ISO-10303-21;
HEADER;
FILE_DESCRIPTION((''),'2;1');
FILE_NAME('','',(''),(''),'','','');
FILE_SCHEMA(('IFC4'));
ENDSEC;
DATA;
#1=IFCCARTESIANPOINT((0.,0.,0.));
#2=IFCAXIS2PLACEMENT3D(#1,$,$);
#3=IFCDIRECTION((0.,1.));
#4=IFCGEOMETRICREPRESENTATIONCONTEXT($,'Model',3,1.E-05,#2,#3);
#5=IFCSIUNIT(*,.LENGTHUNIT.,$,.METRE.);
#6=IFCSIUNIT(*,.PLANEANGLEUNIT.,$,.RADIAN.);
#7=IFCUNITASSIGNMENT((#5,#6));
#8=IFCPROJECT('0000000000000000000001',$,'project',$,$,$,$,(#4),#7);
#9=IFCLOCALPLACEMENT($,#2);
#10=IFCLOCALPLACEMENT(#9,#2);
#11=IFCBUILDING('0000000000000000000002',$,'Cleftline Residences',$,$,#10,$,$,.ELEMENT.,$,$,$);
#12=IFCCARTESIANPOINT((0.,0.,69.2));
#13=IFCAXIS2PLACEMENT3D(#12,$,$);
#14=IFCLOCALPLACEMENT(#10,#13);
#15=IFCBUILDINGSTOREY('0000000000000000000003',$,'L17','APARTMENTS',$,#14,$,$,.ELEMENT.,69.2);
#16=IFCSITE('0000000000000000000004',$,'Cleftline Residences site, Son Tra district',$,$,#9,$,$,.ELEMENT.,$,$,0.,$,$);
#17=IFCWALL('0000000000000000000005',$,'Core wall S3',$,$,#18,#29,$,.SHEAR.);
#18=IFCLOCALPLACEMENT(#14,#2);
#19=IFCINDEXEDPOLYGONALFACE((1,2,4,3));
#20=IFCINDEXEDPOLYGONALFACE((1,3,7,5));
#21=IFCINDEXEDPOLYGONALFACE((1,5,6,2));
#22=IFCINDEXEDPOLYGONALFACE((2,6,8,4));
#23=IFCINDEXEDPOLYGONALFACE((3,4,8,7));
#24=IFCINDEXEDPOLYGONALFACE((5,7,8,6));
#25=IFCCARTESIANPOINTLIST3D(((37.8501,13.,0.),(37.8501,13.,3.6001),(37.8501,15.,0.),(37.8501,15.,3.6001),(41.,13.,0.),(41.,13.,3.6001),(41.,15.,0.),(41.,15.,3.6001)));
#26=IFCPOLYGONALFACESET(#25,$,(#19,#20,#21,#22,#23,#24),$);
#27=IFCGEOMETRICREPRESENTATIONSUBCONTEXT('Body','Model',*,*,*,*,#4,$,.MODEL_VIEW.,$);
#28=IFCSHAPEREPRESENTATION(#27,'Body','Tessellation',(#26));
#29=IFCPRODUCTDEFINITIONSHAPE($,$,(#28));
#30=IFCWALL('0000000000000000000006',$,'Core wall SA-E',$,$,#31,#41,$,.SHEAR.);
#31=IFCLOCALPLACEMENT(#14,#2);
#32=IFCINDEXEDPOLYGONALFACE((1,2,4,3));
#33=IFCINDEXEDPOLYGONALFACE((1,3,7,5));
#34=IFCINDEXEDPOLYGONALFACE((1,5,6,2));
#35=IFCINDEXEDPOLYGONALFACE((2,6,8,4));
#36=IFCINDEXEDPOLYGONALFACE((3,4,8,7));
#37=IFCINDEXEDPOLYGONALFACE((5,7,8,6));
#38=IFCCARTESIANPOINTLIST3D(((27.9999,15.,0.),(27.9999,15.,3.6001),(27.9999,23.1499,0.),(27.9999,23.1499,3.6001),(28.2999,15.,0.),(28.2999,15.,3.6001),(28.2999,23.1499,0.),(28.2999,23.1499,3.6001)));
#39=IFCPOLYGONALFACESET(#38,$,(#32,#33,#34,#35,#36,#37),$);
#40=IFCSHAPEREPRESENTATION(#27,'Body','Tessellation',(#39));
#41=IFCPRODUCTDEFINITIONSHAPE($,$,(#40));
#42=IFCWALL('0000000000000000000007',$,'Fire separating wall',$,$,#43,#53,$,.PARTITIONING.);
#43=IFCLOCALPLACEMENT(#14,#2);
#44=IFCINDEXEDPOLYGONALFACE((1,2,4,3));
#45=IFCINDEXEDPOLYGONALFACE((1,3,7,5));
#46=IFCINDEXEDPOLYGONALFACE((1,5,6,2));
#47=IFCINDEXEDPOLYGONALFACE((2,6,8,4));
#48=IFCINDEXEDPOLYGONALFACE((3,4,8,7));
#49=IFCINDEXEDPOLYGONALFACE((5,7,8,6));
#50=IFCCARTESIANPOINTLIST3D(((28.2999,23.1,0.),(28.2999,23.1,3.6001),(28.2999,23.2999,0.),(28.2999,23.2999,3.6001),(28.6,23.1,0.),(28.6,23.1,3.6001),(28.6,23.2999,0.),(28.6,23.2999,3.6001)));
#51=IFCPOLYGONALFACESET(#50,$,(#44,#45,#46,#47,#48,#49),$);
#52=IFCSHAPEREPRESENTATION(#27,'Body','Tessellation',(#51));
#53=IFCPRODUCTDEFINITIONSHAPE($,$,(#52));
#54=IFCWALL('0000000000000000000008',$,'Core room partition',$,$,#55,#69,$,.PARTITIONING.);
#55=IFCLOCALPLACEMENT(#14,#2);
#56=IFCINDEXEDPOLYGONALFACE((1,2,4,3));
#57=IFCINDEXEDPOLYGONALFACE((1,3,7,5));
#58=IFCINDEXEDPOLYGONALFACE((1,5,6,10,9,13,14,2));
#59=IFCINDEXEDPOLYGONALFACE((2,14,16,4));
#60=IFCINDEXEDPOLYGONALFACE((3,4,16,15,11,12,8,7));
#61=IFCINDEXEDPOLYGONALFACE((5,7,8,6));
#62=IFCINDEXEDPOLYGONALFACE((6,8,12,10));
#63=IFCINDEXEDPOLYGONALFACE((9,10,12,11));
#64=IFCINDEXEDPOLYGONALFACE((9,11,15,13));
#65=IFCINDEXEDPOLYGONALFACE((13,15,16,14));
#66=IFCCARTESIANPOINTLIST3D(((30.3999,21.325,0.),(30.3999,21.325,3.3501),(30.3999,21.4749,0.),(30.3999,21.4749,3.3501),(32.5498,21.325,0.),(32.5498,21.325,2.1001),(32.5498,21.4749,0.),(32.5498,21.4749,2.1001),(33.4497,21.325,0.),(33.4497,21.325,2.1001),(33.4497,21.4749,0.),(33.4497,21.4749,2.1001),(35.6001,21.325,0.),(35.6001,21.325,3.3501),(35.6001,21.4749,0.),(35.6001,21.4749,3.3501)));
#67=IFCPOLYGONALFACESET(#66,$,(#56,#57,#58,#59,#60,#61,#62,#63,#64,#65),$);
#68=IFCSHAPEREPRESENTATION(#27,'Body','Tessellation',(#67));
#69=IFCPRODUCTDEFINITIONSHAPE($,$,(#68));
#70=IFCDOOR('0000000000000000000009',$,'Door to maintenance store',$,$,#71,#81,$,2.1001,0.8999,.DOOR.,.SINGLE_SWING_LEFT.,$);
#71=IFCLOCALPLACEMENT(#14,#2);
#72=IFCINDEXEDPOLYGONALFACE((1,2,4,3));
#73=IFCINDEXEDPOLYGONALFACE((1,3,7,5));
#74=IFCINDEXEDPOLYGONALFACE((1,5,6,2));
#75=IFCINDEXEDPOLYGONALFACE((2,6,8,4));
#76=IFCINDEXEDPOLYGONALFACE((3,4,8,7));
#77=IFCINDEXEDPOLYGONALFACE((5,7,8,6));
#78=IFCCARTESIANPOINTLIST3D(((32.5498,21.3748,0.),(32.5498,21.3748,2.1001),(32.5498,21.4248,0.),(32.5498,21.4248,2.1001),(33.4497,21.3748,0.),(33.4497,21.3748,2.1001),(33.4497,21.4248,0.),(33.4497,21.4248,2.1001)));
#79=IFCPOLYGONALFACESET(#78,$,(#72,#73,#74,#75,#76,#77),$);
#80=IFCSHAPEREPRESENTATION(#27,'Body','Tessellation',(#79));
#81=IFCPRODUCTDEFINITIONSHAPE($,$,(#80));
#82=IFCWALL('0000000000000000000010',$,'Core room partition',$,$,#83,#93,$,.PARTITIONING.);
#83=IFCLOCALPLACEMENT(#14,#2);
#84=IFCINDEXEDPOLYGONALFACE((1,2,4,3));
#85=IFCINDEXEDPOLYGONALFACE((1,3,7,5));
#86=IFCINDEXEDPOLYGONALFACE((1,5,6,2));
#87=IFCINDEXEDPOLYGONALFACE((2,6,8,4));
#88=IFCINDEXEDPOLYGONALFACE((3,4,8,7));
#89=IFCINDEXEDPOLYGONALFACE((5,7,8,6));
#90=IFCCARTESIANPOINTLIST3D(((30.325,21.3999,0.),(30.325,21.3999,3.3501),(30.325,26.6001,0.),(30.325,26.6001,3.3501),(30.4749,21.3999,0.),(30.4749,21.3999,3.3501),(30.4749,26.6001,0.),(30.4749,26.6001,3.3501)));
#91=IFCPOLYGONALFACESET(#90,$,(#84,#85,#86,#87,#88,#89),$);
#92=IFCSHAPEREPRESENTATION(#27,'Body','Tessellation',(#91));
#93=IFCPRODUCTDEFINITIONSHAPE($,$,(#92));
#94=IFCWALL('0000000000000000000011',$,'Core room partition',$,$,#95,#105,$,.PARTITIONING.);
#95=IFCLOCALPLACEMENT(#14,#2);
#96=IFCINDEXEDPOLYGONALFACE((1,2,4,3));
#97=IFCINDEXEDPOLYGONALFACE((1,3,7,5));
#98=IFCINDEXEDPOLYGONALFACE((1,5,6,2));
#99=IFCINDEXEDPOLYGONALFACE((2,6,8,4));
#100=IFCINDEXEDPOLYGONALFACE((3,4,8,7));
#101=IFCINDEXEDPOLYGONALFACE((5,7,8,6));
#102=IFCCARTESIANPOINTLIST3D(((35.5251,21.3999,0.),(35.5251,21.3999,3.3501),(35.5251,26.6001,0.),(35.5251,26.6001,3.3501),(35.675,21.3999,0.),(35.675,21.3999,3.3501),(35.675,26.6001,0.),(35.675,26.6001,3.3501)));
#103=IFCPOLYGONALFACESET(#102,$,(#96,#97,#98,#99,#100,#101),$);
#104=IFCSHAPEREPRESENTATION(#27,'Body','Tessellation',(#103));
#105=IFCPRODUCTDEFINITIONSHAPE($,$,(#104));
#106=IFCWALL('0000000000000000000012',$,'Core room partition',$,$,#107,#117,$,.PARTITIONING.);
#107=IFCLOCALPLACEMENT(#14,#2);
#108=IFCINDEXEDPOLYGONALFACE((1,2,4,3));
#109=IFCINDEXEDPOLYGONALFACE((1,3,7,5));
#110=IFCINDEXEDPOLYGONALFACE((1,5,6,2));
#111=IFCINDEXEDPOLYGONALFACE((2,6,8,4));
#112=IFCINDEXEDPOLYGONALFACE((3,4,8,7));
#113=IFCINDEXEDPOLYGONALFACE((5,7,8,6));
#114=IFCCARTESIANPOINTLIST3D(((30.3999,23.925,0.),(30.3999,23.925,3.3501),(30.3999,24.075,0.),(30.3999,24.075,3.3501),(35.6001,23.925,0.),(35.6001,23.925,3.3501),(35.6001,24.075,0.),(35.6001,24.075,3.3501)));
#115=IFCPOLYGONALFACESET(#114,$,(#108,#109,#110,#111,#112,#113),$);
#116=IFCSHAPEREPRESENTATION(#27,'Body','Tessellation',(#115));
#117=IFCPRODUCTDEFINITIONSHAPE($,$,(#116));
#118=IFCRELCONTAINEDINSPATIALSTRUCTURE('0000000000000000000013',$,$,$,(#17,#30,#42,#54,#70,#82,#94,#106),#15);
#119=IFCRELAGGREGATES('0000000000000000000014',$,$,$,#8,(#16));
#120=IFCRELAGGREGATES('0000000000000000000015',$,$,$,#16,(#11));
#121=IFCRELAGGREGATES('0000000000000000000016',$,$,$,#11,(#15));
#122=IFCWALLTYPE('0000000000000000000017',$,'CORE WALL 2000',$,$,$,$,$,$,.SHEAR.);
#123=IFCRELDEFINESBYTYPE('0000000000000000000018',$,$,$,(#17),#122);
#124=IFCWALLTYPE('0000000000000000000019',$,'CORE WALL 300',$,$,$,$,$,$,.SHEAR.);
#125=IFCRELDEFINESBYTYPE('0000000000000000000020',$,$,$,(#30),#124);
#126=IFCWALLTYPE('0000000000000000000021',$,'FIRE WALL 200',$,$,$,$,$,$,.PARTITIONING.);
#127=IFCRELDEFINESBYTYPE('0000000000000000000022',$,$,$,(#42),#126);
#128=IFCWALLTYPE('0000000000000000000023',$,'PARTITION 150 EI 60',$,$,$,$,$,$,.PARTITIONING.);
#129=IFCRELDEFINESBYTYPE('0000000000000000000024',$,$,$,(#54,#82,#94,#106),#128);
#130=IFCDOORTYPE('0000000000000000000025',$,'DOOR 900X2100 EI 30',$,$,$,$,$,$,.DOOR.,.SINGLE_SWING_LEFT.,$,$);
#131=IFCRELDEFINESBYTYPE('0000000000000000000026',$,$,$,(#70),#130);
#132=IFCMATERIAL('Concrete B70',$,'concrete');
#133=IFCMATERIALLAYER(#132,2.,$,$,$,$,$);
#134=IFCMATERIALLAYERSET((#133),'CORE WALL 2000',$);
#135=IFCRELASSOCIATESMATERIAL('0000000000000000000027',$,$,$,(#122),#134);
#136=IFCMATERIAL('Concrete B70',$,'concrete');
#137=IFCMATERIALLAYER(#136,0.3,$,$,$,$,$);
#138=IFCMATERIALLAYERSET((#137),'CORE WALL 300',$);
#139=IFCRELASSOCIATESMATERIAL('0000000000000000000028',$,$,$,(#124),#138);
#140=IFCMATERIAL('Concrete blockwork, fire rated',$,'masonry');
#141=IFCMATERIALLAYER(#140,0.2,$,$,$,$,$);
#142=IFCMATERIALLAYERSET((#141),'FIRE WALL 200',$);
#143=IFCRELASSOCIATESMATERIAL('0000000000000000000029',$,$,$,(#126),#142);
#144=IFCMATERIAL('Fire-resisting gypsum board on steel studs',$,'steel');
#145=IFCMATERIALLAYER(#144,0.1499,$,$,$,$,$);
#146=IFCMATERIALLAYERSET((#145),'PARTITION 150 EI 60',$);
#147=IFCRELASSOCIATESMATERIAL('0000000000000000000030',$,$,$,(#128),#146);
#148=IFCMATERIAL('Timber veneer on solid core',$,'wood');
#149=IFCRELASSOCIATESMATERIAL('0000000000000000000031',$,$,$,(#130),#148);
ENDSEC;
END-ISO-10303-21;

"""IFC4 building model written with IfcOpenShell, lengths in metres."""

from ifc_helpers import new_model, si_unit, direction, frame, frame_2d, origin, place, context, subcontext, project, spatial, rectangle, extrude, material, layer, layer_set, type_object, element, fill, save


model = new_model("IFC4")

# Units and contexts
model_context = context("Model", 3, precision=1e-05, world=origin(), true_north=direction((0.0, 1.0)))
body_context = subcontext(model_context, "Body", "Model", "MODEL_VIEW")
ifc_project = project(units=[si_unit("LENGTHUNIT", "METRE"), si_unit("PLANEANGLEUNIT", "RADIAN")], contexts=[model_context])

# Site, building, storey
site_placement = place(None, origin())
site = spatial("IfcSite", under=ifc_project, at=site_placement, Name="Cleftline Residences site, Son Tra district", CompositionType="ELEMENT", RefElevation=0.0)
building_placement = place(site_placement, origin())
building = spatial("IfcBuilding", under=site, at=building_placement, Name="Cleftline Residences", CompositionType="ELEMENT")
storey_placement = place(building_placement, frame((0.0, 0.0, 69.2)))
storey = spatial("IfcBuildingStorey", under=building, at=storey_placement, Name="L17", Description="APARTMENTS", CompositionType="ELEMENT", Elevation=69.2)

# Walls
ifc_material_1 = material(Name="Concrete B70", Category="concrete")
ifc_layer_1 = layer(ifc_material_1, 2.0)
ifc_layer_set_1 = layer_set([ifc_layer_1], Name="CORE WALL 2000")
wall_type_1 = type_object("IfcWallType", Name="CORE WALL 2000", PredefinedType="SHEAR", material=ifc_layer_set_1)
wall_1_placement = place(storey_placement, frame((37.8501, 14.0, 0.0), z_axis=(0.0, 0.0, 1.0), x_axis=(1.0, 0.0, 0.0)))
element("IfcWall", 1, at=wall_1_placement, inside=storey, type_object=wall_type_1, Name="Core wall S3", PredefinedType="SHEAR", context=body_context, shape_type="SweptSolid", body=[
    extrude(rectangle(XDim=3.1499, YDim=2.0, at=frame_2d((1.575, 0.0))), origin(), (0.0, 0.0, 1.0), 3.6001),
])
ifc_material_2 = material(Name="Concrete B70", Category="concrete")
ifc_layer_2 = layer(ifc_material_2, 0.3)
ifc_layer_set_2 = layer_set([ifc_layer_2], Name="CORE WALL 300")
wall_type_2 = type_object("IfcWallType", Name="CORE WALL 300", PredefinedType="SHEAR", material=ifc_layer_set_2)
wall_2_placement = place(storey_placement, frame((28.1499, 15.0, 0.0), z_axis=(0.0, 0.0, 1.0), x_axis=(0.0, 1.0, 0.0)))
element("IfcWall", 2, at=wall_2_placement, inside=storey, type_object=wall_type_2, Name="Core wall SA-E", PredefinedType="SHEAR", context=body_context, shape_type="SweptSolid", body=[
    extrude(rectangle(XDim=8.1499, YDim=0.3, at=frame_2d((4.075, 0.0))), origin(), (0.0, 0.0, 1.0), 3.6001),
])
ifc_material_3 = material(Name="Concrete blockwork, fire rated", Category="masonry")
ifc_layer_3 = layer(ifc_material_3, 0.2)
ifc_layer_set_3 = layer_set([ifc_layer_3], Name="FIRE WALL 200")
wall_type_3 = type_object("IfcWallType", Name="FIRE WALL 200", PredefinedType="PARTITIONING", material=ifc_layer_set_3)
wall_3_placement = place(storey_placement, frame((28.3, 23.2, 0.0), z_axis=(0.0, 0.0, 1.0), x_axis=(1.0, 0.0, 0.0)))
element("IfcWall", 3, at=wall_3_placement, inside=storey, type_object=wall_type_3, Name="Fire separating wall", PredefinedType="PARTITIONING", context=body_context, shape_type="SweptSolid", body=[
    extrude(rectangle(XDim=0.3, YDim=0.2, at=frame_2d((0.1499, 0.0))), origin(), (0.0, 0.0, 1.0), 3.6001),
])

# Wall, opening, door
ifc_material_4 = material(Name="Fire-resisting gypsum board on steel studs", Category="steel")
ifc_layer_4 = layer(ifc_material_4, 0.1499)
ifc_layer_set_4 = layer_set([ifc_layer_4], Name="PARTITION 150 EI 60")
wall_type_4 = type_object("IfcWallType", Name="PARTITION 150 EI 60", PredefinedType="PARTITIONING", material=ifc_layer_set_4)
wall_4_placement = place(storey_placement, frame((30.3999, 21.3999, 0.0), z_axis=(0.0, 0.0, 1.0), x_axis=(1.0, 0.0, 0.0)))
wall_4 = element("IfcWall", 4, at=wall_4_placement, inside=storey, type_object=wall_type_4, Name="Core room partition", PredefinedType="PARTITIONING", context=body_context, shape_type="SweptSolid", body=[
    extrude(rectangle(XDim=5.2002, YDim=0.1499, at=frame_2d((2.6001, 0.0))), origin(), (0.0, 0.0, 1.0), 3.3501),
])
opening_1_placement = place(wall_4_placement, frame((2.1499, 0.0, 0.0)))
opening_1 = element("IfcOpeningElement", 5, at=opening_1_placement, cuts=wall_4, PredefinedType="OPENING", context=body_context, shape_type="SweptSolid", body=[
    extrude(rectangle(XDim=0.8999, YDim=2.1001, at=frame_2d((0.45, 1.05))), frame((0.0, 0.085, 0.0), z_axis=(0.0, -1.0, 0.0), x_axis=(1.0, 0.0, 0.0)), (0.0, 0.0, 1.0), 0.1699),
])
ifc_material_5 = material(Name="Timber veneer on solid core", Category="wood")
door_type_1 = type_object("IfcDoorType", Name="DOOR 900X2100 EI 30", OperationType="SINGLE_SWING_LEFT", PredefinedType="DOOR", material=ifc_material_5)
door_1_placement = place(opening_1_placement, origin())
door_1 = element("IfcDoor", 6, at=door_1_placement, inside=storey, type_object=door_type_1, Name="Door to maintenance store", OperationType="SINGLE_SWING_LEFT", OverallHeight=2.1001, OverallWidth=0.8999, PredefinedType="DOOR", context=body_context, shape_type="SweptSolid", body=[
    extrude(rectangle(XDim=0.8999, YDim=2.1001, at=frame_2d((0.45, 1.05))), frame((0.0, 0.0249, 0.0), z_axis=(0.0, -1.0, 0.0), x_axis=(1.0, 0.0, 0.0)), (0.0, 0.0, 1.0), 0.05),
])
fill(opening_1, door_1)

# Walls
for number, where, z_axis, x_axis, name in (
    (7, (30.3999, 21.3999, 0.0), (0.0, 0.0, 1.0), (0.0, 1.0, 0.0), "Core room partition"),
    (8, (35.6001, 21.3999, 0.0), (0.0, 0.0, 1.0), (0.0, 1.0, 0.0), "Core room partition"),
    (9, (30.3999, 24.0, 0.0), (0.0, 0.0, 1.0), (1.0, 0.0, 0.0), "Core room partition"),
):
    element("IfcWall", number, at=place(storey_placement, frame(where, z_axis=z_axis, x_axis=x_axis)), inside=storey, type_object=wall_type_4, Name=name, PredefinedType="PARTITIONING", context=body_context, shape_type="SweptSolid", body=[
        extrude(rectangle(XDim=5.2002, YDim=0.1499, at=frame_2d((2.6001, 0.0))), origin(), (0.0, 0.0, 1.0), 3.3501),
    ])

save(model, "model.ifc")
